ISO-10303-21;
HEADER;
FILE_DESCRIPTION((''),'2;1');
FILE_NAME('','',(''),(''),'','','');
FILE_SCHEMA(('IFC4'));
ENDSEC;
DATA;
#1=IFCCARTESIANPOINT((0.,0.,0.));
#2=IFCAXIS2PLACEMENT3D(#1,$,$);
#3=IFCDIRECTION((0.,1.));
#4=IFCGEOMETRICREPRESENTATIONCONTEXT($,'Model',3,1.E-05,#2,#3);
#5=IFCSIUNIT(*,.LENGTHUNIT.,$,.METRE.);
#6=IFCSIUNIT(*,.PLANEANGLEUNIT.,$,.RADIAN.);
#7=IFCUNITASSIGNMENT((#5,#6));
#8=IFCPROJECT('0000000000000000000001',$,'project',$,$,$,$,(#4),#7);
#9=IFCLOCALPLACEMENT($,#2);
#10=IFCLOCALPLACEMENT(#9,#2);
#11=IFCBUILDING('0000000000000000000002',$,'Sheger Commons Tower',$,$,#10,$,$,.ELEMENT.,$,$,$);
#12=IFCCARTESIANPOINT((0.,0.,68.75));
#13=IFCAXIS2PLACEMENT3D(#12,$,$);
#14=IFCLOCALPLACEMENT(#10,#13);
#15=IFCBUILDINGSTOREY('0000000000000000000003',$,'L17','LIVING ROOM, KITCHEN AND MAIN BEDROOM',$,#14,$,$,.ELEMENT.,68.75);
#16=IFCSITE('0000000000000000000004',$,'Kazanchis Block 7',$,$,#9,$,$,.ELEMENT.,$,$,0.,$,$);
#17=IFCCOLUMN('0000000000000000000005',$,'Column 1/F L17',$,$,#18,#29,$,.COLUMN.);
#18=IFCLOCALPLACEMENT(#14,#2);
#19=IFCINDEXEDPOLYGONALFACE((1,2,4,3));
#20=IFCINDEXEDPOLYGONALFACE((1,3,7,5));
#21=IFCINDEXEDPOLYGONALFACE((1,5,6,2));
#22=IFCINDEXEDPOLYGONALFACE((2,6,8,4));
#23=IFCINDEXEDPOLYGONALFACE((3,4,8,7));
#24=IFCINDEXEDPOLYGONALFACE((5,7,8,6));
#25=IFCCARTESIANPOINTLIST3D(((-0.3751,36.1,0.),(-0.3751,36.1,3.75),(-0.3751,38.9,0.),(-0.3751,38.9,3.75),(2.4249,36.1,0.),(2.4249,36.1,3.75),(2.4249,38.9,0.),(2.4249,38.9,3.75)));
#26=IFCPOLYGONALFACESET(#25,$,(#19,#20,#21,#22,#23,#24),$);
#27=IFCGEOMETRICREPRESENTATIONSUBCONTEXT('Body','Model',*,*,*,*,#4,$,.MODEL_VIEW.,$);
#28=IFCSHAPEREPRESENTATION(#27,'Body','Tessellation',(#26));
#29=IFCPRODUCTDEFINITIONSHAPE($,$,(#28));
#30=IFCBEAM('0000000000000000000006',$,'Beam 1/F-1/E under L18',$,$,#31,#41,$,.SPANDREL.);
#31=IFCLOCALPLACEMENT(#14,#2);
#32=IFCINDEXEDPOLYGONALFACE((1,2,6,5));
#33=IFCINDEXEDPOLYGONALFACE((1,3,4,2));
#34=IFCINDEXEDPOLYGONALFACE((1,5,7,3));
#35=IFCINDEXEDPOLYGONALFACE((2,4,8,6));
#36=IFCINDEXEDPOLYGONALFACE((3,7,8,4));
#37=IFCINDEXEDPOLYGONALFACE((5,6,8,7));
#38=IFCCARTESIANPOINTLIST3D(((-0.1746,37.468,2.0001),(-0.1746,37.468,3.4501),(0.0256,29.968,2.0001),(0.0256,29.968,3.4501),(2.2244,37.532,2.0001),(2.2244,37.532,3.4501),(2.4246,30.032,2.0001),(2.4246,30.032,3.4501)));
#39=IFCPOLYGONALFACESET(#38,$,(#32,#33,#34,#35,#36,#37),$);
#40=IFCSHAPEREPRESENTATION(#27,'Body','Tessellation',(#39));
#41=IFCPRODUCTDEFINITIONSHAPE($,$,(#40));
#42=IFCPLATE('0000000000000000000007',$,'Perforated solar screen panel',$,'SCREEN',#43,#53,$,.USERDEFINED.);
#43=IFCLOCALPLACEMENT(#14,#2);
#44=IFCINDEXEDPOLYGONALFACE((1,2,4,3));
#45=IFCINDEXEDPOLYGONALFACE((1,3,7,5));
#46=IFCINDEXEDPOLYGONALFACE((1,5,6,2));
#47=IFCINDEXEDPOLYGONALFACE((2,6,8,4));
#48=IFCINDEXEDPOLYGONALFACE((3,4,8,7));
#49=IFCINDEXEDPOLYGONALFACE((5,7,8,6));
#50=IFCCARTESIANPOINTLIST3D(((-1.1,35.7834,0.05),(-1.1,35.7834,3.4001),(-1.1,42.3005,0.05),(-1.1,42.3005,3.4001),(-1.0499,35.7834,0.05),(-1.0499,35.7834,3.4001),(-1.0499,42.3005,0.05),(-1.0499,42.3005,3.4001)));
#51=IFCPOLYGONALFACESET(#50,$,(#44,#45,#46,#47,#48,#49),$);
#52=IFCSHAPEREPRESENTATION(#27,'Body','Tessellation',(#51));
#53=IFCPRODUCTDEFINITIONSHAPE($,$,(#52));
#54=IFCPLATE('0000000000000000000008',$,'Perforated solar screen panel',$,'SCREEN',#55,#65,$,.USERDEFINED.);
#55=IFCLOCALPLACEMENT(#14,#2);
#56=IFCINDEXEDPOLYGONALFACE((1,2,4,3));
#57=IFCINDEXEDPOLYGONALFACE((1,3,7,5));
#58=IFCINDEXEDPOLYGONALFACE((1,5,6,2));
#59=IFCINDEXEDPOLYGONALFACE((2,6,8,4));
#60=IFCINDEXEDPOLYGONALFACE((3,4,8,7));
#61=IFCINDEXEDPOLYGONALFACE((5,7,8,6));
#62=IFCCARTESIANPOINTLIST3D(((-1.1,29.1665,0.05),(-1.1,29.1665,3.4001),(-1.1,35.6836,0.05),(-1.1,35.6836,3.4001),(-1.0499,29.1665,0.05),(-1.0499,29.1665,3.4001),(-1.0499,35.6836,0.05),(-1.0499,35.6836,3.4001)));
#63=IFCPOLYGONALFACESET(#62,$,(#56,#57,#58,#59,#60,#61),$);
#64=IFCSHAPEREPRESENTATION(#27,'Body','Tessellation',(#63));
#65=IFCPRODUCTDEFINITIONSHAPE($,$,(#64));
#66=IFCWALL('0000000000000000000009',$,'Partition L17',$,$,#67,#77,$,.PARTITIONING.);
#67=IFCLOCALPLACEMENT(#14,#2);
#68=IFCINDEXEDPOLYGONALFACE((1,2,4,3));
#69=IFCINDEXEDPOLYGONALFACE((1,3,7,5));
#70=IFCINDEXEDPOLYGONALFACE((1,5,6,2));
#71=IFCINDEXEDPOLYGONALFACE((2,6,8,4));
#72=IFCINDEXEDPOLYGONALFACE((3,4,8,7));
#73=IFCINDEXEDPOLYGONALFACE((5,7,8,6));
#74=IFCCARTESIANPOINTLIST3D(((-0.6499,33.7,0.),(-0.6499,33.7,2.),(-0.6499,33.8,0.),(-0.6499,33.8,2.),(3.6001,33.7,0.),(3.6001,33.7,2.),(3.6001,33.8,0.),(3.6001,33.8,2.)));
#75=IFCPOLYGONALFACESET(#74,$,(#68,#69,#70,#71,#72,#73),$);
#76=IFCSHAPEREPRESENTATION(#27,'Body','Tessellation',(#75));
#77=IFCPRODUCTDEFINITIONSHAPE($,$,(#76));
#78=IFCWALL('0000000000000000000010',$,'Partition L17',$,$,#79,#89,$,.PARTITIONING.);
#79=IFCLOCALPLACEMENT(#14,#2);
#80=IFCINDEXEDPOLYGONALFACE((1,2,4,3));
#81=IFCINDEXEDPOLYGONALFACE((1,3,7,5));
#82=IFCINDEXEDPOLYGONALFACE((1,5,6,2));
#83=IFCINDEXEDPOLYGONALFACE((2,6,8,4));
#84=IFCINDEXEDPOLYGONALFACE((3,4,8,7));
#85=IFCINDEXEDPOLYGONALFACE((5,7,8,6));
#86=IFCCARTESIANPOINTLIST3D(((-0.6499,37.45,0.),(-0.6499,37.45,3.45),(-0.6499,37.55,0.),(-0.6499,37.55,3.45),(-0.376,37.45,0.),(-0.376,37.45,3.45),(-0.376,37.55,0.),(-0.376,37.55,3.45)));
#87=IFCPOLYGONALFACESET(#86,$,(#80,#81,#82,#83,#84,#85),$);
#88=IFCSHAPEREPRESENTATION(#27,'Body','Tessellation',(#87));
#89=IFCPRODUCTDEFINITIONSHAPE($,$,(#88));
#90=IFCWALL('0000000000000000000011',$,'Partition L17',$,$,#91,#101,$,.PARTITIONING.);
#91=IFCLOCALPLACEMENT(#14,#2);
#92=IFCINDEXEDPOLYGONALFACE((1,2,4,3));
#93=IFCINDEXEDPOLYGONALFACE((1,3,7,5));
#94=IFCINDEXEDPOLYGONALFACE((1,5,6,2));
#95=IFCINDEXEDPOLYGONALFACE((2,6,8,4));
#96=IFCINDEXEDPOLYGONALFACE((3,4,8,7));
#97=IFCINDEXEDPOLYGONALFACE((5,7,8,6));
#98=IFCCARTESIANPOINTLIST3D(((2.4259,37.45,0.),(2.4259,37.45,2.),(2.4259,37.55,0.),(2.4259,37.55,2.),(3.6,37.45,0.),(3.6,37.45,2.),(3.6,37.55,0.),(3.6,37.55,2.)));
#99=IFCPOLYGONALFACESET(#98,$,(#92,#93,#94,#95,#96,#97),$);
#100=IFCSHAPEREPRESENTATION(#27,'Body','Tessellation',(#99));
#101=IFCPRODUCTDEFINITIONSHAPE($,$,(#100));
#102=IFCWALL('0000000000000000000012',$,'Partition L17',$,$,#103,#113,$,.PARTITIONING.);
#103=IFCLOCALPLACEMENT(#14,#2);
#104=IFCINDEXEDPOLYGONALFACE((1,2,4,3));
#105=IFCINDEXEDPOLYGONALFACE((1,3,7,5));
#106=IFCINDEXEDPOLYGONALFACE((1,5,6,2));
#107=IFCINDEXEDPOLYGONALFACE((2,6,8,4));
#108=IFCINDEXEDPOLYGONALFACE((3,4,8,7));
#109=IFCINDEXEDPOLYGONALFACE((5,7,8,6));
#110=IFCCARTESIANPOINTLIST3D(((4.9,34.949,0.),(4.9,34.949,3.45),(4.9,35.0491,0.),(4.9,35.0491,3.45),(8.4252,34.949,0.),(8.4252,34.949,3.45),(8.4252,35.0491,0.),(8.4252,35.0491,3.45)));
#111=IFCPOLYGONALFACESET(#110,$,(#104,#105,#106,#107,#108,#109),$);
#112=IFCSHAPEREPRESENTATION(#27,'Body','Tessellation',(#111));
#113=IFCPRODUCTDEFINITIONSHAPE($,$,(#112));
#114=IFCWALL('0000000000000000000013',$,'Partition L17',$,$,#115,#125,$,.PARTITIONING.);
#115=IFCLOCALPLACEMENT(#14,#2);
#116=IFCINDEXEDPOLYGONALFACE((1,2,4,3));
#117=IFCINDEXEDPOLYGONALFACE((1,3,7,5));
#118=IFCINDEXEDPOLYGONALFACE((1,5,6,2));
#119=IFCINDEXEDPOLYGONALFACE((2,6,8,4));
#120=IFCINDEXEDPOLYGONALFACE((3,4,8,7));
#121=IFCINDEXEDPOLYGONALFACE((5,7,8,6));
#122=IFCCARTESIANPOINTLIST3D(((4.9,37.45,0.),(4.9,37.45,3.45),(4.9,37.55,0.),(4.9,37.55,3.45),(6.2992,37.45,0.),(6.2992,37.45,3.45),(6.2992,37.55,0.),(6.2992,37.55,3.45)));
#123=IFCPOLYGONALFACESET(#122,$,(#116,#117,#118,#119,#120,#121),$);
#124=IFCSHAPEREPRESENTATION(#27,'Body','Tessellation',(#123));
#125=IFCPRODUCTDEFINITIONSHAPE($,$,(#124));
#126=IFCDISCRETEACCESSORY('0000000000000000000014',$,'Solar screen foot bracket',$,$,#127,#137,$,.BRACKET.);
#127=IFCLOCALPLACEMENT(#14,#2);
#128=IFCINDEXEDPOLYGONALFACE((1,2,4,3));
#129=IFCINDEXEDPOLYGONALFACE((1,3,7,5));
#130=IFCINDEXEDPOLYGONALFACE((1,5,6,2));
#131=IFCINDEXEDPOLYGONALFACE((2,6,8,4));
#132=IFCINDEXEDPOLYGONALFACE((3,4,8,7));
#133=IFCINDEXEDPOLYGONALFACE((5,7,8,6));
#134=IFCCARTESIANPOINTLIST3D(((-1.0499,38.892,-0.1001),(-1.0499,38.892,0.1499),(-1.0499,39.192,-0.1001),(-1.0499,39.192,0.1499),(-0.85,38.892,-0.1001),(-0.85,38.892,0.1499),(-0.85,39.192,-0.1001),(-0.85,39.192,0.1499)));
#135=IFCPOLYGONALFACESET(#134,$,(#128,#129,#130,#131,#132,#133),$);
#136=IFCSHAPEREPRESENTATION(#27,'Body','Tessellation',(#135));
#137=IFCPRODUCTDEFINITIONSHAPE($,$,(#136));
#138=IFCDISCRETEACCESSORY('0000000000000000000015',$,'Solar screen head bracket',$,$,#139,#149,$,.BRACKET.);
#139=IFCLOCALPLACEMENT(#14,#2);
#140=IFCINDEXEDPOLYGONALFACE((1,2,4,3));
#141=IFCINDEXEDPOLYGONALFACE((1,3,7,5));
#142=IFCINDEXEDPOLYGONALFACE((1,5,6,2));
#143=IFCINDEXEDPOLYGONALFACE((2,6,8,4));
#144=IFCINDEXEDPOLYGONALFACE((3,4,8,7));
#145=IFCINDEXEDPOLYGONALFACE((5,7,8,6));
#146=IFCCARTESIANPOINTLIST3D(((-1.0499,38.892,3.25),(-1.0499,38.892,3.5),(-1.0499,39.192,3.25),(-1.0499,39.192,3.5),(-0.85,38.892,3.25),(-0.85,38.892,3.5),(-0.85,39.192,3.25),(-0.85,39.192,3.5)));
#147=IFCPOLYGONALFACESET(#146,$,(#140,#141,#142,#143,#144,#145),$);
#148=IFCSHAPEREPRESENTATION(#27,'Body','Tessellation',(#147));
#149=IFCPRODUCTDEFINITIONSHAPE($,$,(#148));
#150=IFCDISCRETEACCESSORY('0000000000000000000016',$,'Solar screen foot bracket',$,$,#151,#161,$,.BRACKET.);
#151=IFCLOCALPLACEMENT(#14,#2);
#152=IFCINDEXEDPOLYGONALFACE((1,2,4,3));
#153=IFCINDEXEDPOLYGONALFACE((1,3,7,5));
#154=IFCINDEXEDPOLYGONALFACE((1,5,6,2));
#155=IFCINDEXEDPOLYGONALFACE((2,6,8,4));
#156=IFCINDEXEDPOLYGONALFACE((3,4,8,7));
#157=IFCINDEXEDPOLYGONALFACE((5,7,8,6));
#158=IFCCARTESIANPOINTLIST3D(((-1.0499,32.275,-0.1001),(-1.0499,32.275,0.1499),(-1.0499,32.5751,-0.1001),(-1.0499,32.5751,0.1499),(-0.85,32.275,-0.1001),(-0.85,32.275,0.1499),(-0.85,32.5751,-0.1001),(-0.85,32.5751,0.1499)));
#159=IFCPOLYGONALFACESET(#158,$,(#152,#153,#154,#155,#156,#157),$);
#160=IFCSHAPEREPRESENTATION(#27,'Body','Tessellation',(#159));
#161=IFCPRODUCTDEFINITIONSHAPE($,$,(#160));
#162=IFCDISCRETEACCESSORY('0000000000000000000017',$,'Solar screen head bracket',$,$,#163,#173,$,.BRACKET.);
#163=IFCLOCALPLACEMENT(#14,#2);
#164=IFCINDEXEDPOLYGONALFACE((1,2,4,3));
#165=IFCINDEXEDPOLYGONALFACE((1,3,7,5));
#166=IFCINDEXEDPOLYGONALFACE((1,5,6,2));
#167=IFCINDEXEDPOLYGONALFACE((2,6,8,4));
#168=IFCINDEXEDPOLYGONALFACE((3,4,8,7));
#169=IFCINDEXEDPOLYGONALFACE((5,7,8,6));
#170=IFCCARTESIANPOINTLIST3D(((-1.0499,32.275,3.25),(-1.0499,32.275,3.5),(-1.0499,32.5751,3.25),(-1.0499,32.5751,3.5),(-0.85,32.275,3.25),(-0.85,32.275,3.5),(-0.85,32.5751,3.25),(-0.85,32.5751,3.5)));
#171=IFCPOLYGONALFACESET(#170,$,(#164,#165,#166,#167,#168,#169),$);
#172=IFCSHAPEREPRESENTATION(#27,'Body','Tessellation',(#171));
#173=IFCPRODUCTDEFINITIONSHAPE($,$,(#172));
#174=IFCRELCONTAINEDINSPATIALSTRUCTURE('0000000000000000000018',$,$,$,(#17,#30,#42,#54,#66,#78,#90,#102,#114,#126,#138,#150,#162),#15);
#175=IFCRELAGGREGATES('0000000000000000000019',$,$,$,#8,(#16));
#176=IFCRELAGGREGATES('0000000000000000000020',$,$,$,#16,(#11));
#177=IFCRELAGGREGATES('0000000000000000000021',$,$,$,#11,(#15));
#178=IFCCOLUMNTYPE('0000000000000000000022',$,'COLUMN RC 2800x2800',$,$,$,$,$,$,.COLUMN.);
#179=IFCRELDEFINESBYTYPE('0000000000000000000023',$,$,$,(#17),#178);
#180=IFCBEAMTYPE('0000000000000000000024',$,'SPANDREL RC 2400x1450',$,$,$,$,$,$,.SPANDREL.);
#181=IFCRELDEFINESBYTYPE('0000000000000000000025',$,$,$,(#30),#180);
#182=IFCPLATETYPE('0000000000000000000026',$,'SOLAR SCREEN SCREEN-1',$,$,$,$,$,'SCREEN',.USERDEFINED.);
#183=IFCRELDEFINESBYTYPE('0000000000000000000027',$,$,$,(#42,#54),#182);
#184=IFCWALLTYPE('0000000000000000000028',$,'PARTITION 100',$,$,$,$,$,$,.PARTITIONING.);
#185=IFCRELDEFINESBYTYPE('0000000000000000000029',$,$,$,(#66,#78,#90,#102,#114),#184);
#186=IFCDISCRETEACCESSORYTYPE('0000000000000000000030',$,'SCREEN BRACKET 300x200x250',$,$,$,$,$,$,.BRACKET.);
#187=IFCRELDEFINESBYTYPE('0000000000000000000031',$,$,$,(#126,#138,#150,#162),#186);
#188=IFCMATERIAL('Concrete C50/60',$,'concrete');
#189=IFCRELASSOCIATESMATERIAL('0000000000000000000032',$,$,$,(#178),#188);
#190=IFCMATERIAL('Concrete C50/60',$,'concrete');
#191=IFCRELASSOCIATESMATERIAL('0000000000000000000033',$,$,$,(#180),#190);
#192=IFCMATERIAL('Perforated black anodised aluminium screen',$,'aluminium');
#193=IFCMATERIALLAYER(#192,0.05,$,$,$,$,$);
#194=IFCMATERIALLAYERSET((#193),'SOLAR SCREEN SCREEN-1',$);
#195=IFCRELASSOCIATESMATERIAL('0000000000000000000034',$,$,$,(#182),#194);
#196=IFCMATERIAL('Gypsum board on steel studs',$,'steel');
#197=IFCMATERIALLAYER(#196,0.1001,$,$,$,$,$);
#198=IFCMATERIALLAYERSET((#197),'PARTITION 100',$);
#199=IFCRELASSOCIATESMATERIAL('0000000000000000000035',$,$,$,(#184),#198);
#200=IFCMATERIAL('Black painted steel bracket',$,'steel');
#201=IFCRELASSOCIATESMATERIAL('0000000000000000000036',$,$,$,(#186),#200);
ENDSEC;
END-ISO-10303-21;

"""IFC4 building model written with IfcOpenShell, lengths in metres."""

from ifc_helpers import new_model, si_unit, direction, frame, frame_2d, origin, origin_2d, place, context, subcontext, project, spatial, rectangle, extrude, material, layer, layer_set, material_profile, profile_set, type_object, element, save


model = new_model("IFC4")

# Units and contexts
model_context = context("Model", 3, precision=1e-05, world=origin(), true_north=direction((0.0, 1.0)))
body_context = subcontext(model_context, "Body", "Model", "MODEL_VIEW")
ifc_project = project(units=[si_unit("LENGTHUNIT", "METRE"), si_unit("PLANEANGLEUNIT", "RADIAN")], contexts=[model_context])

# Site, building, storey
site_placement = place(None, origin())
site = spatial("IfcSite", under=ifc_project, at=site_placement, Name="Kazanchis Block 7", CompositionType="ELEMENT", RefElevation=0.0)
building_placement = place(site_placement, origin())
building = spatial("IfcBuilding", under=site, at=building_placement, Name="Sheger Commons Tower", CompositionType="ELEMENT")
storey_placement = place(building_placement, frame((0.0, 0.0, 68.75)))
storey = spatial("IfcBuildingStorey", under=building, at=storey_placement, Name="L17", Description="LIVING ROOM, KITCHEN AND MAIN BEDROOM", CompositionType="ELEMENT", Elevation=68.75)

# Column
ifc_material_1 = material(Name="Concrete C50/60", Category="concrete")
ifc_material_profile_1 = material_profile(ifc_material_1, rectangle(XDim=2.8, YDim=2.8, at=origin_2d()), Name="RC 2800x2800")
ifc_profile_set_1 = profile_set([ifc_material_profile_1], Name="Concrete C50/60")
column_type = type_object("IfcColumnType", Name="COLUMN RC 2800x2800", PredefinedType="COLUMN", material=ifc_profile_set_1)
column_placement = place(storey_placement, frame((1.0249, 37.5, 0.0), z_axis=(0.0, 0.0, 1.0), x_axis=(1.0, 0.0, 0.0)))
element("IfcColumn", 1, at=column_placement, inside=storey, type_object=column_type, Name="Column 1/F L17", PredefinedType="COLUMN", context=body_context, shape_type="SweptSolid", body=[
    extrude(rectangle(XDim=2.8, YDim=2.8, at=origin_2d()), origin(), (0.0, 0.0, 1.0), 3.75),
])

# Beam
ifc_material_2 = material(Name="Concrete C50/60", Category="concrete")
ifc_material_profile_2 = material_profile(ifc_material_2, rectangle(XDim=2.3999, YDim=1.45, at=origin_2d()), Name="RC 2400x1450")
ifc_profile_set_2 = profile_set([ifc_material_profile_2], Name="Concrete C50/60")
beam_type = type_object("IfcBeamType", Name="SPANDREL RC 2400x1450", PredefinedType="SPANDREL", material=ifc_profile_set_2)
beam_placement = place(storey_placement, frame((1.0249, 37.5, 2.7251), z_axis=(0.026683, -0.999644, 0.0), x_axis=(0.999644, 0.026683, 0.0)))
element("IfcBeam", 2, at=beam_placement, inside=storey, type_object=beam_type, Name="Beam 1/F-1/E under L18", PredefinedType="SPANDREL", context=body_context, shape_type="SweptSolid", body=[
    extrude(rectangle(XDim=2.3999, YDim=1.45, at=origin_2d()), origin(), (0.0, 0.0, 1.0), 7.5027),
])

# Plates
ifc_material_3 = material(Name="Perforated black anodised aluminium screen", Category="aluminium")
ifc_layer_1 = layer(ifc_material_3, 0.05)
ifc_layer_set_1 = layer_set([ifc_layer_1], Name="SOLAR SCREEN SCREEN-1")
plate_type = type_object("IfcPlateType", Name="SOLAR SCREEN SCREEN-1", ElementType="SCREEN", PredefinedType="USERDEFINED", material=ifc_layer_set_1)
for number, where, z_axis, x_axis, name in (
    (3, (-1.075, 39.042, 0.05), (0.0, 0.0, 1.0), (0.0, -1.0, 0.0), "Perforated solar screen panel"),
    (4, (-1.075, 32.425, 0.05), (0.0, 0.0, 1.0), (0.0, -1.0, 0.0), "Perforated solar screen panel"),
):
    element("IfcPlate", number, at=place(storey_placement, frame(where, z_axis=z_axis, x_axis=x_axis)), inside=storey, type_object=plate_type, Name=name, ObjectType="SCREEN", PredefinedType="USERDEFINED", context=body_context, shape_type="SweptSolid", body=[
        extrude(rectangle(XDim=6.5171, YDim=0.05, at=origin_2d()), origin(), (0.0, 0.0, 1.0), 3.3501),
    ])

# Walls
ifc_material_4 = material(Name="Gypsum board on steel studs", Category="steel")
ifc_layer_2 = layer(ifc_material_4, 0.1001)
ifc_layer_set_2 = layer_set([ifc_layer_2], Name="PARTITION 100")
wall_type = type_object("IfcWallType", Name="PARTITION 100", PredefinedType="PARTITIONING", material=ifc_layer_set_2)
wall_1_placement = place(storey_placement, frame((-0.6499, 33.75, 0.0), z_axis=(0.0, 0.0, 1.0), x_axis=(1.0, 0.0, 0.0)))
element("IfcWall", 5, at=wall_1_placement, inside=storey, type_object=wall_type, Name="Partition L17", PredefinedType="PARTITIONING", context=body_context, shape_type="SweptSolid", body=[
    extrude(rectangle(XDim=4.25, YDim=0.1001, at=frame_2d((2.125, 0.0))), origin(), (0.0, 0.0, 1.0), 2.0),
])
wall_2_placement = place(storey_placement, frame((-0.6499, 37.5, 0.0), z_axis=(0.0, 0.0, 1.0), x_axis=(1.0, 0.0, 0.0)))
element("IfcWall", 6, at=wall_2_placement, inside=storey, type_object=wall_type, Name="Partition L17", PredefinedType="PARTITIONING", context=body_context, shape_type="SweptSolid", body=[
    extrude(rectangle(XDim=0.2739, YDim=0.1001, at=frame_2d((0.137, 0.0))), origin(), (0.0, 0.0, 1.0), 3.45),
])
wall_3_placement = place(storey_placement, frame((2.426, 37.5, 0.0), z_axis=(0.0, 0.0, 1.0), x_axis=(1.0, 0.0, 0.0)))
element("IfcWall", 7, at=wall_3_placement, inside=storey, type_object=wall_type, Name="Partition L17", PredefinedType="PARTITIONING", context=body_context, shape_type="SweptSolid", body=[
    extrude(rectangle(XDim=1.1741, YDim=0.1001, at=frame_2d((0.5869, 0.0))), origin(), (0.0, 0.0, 1.0), 2.0),
])
wall_4_placement = place(storey_placement, frame((4.8999, 34.999, 0.0), z_axis=(0.0, 0.0, 1.0), x_axis=(1.0, 0.0, 0.0)))
element("IfcWall", 8, at=wall_4_placement, inside=storey, type_object=wall_type, Name="Partition L17", PredefinedType="PARTITIONING", context=body_context, shape_type="SweptSolid", body=[
    extrude(rectangle(XDim=3.5251, YDim=0.1001, at=frame_2d((1.7627, 0.0))), origin(), (0.0, 0.0, 1.0), 3.45),
])
wall_5_placement = place(storey_placement, frame((4.8999, 37.5, 0.0), z_axis=(0.0, 0.0, 1.0), x_axis=(1.0, 0.0, 0.0)))
element("IfcWall", 9, at=wall_5_placement, inside=storey, type_object=wall_type, Name="Partition L17", PredefinedType="PARTITIONING", context=body_context, shape_type="SweptSolid", body=[
    extrude(rectangle(XDim=1.3992, YDim=0.1001, at=frame_2d((0.6997, 0.0))), origin(), (0.0, 0.0, 1.0), 3.45),
])

# Discrete accessories
ifc_material_5 = material(Name="Black painted steel bracket", Category="steel")
discrete_accessory_type = type_object("IfcDiscreteAccessoryType", Name="SCREEN BRACKET 300x200x250", PredefinedType="BRACKET", material=ifc_material_5)
for number, where, z_axis, x_axis, name in (
    (10, (-0.95, 39.042, -0.1001), (0.0, 0.0, 1.0), (0.0, -1.0, 0.0), "Solar screen foot bracket"),
    (11, (-0.95, 39.042, 3.25), (0.0, 0.0, 1.0), (0.0, -1.0, 0.0), "Solar screen head bracket"),
    (12, (-0.95, 32.425, -0.1001), (0.0, 0.0, 1.0), (0.0, -1.0, 0.0), "Solar screen foot bracket"),
    (13, (-0.95, 32.425, 3.25), (0.0, 0.0, 1.0), (0.0, -1.0, 0.0), "Solar screen head bracket"),
):
    element("IfcDiscreteAccessory", number, at=place(storey_placement, frame(where, z_axis=z_axis, x_axis=x_axis)), inside=storey, type_object=discrete_accessory_type, Name=name, PredefinedType="BRACKET", context=body_context, shape_type="SweptSolid", body=[
        extrude(rectangle(XDim=0.3, YDim=0.2, at=origin_2d()), origin(), (0.0, 0.0, 1.0), 0.25),
    ])

save(model, "model.ifc")
